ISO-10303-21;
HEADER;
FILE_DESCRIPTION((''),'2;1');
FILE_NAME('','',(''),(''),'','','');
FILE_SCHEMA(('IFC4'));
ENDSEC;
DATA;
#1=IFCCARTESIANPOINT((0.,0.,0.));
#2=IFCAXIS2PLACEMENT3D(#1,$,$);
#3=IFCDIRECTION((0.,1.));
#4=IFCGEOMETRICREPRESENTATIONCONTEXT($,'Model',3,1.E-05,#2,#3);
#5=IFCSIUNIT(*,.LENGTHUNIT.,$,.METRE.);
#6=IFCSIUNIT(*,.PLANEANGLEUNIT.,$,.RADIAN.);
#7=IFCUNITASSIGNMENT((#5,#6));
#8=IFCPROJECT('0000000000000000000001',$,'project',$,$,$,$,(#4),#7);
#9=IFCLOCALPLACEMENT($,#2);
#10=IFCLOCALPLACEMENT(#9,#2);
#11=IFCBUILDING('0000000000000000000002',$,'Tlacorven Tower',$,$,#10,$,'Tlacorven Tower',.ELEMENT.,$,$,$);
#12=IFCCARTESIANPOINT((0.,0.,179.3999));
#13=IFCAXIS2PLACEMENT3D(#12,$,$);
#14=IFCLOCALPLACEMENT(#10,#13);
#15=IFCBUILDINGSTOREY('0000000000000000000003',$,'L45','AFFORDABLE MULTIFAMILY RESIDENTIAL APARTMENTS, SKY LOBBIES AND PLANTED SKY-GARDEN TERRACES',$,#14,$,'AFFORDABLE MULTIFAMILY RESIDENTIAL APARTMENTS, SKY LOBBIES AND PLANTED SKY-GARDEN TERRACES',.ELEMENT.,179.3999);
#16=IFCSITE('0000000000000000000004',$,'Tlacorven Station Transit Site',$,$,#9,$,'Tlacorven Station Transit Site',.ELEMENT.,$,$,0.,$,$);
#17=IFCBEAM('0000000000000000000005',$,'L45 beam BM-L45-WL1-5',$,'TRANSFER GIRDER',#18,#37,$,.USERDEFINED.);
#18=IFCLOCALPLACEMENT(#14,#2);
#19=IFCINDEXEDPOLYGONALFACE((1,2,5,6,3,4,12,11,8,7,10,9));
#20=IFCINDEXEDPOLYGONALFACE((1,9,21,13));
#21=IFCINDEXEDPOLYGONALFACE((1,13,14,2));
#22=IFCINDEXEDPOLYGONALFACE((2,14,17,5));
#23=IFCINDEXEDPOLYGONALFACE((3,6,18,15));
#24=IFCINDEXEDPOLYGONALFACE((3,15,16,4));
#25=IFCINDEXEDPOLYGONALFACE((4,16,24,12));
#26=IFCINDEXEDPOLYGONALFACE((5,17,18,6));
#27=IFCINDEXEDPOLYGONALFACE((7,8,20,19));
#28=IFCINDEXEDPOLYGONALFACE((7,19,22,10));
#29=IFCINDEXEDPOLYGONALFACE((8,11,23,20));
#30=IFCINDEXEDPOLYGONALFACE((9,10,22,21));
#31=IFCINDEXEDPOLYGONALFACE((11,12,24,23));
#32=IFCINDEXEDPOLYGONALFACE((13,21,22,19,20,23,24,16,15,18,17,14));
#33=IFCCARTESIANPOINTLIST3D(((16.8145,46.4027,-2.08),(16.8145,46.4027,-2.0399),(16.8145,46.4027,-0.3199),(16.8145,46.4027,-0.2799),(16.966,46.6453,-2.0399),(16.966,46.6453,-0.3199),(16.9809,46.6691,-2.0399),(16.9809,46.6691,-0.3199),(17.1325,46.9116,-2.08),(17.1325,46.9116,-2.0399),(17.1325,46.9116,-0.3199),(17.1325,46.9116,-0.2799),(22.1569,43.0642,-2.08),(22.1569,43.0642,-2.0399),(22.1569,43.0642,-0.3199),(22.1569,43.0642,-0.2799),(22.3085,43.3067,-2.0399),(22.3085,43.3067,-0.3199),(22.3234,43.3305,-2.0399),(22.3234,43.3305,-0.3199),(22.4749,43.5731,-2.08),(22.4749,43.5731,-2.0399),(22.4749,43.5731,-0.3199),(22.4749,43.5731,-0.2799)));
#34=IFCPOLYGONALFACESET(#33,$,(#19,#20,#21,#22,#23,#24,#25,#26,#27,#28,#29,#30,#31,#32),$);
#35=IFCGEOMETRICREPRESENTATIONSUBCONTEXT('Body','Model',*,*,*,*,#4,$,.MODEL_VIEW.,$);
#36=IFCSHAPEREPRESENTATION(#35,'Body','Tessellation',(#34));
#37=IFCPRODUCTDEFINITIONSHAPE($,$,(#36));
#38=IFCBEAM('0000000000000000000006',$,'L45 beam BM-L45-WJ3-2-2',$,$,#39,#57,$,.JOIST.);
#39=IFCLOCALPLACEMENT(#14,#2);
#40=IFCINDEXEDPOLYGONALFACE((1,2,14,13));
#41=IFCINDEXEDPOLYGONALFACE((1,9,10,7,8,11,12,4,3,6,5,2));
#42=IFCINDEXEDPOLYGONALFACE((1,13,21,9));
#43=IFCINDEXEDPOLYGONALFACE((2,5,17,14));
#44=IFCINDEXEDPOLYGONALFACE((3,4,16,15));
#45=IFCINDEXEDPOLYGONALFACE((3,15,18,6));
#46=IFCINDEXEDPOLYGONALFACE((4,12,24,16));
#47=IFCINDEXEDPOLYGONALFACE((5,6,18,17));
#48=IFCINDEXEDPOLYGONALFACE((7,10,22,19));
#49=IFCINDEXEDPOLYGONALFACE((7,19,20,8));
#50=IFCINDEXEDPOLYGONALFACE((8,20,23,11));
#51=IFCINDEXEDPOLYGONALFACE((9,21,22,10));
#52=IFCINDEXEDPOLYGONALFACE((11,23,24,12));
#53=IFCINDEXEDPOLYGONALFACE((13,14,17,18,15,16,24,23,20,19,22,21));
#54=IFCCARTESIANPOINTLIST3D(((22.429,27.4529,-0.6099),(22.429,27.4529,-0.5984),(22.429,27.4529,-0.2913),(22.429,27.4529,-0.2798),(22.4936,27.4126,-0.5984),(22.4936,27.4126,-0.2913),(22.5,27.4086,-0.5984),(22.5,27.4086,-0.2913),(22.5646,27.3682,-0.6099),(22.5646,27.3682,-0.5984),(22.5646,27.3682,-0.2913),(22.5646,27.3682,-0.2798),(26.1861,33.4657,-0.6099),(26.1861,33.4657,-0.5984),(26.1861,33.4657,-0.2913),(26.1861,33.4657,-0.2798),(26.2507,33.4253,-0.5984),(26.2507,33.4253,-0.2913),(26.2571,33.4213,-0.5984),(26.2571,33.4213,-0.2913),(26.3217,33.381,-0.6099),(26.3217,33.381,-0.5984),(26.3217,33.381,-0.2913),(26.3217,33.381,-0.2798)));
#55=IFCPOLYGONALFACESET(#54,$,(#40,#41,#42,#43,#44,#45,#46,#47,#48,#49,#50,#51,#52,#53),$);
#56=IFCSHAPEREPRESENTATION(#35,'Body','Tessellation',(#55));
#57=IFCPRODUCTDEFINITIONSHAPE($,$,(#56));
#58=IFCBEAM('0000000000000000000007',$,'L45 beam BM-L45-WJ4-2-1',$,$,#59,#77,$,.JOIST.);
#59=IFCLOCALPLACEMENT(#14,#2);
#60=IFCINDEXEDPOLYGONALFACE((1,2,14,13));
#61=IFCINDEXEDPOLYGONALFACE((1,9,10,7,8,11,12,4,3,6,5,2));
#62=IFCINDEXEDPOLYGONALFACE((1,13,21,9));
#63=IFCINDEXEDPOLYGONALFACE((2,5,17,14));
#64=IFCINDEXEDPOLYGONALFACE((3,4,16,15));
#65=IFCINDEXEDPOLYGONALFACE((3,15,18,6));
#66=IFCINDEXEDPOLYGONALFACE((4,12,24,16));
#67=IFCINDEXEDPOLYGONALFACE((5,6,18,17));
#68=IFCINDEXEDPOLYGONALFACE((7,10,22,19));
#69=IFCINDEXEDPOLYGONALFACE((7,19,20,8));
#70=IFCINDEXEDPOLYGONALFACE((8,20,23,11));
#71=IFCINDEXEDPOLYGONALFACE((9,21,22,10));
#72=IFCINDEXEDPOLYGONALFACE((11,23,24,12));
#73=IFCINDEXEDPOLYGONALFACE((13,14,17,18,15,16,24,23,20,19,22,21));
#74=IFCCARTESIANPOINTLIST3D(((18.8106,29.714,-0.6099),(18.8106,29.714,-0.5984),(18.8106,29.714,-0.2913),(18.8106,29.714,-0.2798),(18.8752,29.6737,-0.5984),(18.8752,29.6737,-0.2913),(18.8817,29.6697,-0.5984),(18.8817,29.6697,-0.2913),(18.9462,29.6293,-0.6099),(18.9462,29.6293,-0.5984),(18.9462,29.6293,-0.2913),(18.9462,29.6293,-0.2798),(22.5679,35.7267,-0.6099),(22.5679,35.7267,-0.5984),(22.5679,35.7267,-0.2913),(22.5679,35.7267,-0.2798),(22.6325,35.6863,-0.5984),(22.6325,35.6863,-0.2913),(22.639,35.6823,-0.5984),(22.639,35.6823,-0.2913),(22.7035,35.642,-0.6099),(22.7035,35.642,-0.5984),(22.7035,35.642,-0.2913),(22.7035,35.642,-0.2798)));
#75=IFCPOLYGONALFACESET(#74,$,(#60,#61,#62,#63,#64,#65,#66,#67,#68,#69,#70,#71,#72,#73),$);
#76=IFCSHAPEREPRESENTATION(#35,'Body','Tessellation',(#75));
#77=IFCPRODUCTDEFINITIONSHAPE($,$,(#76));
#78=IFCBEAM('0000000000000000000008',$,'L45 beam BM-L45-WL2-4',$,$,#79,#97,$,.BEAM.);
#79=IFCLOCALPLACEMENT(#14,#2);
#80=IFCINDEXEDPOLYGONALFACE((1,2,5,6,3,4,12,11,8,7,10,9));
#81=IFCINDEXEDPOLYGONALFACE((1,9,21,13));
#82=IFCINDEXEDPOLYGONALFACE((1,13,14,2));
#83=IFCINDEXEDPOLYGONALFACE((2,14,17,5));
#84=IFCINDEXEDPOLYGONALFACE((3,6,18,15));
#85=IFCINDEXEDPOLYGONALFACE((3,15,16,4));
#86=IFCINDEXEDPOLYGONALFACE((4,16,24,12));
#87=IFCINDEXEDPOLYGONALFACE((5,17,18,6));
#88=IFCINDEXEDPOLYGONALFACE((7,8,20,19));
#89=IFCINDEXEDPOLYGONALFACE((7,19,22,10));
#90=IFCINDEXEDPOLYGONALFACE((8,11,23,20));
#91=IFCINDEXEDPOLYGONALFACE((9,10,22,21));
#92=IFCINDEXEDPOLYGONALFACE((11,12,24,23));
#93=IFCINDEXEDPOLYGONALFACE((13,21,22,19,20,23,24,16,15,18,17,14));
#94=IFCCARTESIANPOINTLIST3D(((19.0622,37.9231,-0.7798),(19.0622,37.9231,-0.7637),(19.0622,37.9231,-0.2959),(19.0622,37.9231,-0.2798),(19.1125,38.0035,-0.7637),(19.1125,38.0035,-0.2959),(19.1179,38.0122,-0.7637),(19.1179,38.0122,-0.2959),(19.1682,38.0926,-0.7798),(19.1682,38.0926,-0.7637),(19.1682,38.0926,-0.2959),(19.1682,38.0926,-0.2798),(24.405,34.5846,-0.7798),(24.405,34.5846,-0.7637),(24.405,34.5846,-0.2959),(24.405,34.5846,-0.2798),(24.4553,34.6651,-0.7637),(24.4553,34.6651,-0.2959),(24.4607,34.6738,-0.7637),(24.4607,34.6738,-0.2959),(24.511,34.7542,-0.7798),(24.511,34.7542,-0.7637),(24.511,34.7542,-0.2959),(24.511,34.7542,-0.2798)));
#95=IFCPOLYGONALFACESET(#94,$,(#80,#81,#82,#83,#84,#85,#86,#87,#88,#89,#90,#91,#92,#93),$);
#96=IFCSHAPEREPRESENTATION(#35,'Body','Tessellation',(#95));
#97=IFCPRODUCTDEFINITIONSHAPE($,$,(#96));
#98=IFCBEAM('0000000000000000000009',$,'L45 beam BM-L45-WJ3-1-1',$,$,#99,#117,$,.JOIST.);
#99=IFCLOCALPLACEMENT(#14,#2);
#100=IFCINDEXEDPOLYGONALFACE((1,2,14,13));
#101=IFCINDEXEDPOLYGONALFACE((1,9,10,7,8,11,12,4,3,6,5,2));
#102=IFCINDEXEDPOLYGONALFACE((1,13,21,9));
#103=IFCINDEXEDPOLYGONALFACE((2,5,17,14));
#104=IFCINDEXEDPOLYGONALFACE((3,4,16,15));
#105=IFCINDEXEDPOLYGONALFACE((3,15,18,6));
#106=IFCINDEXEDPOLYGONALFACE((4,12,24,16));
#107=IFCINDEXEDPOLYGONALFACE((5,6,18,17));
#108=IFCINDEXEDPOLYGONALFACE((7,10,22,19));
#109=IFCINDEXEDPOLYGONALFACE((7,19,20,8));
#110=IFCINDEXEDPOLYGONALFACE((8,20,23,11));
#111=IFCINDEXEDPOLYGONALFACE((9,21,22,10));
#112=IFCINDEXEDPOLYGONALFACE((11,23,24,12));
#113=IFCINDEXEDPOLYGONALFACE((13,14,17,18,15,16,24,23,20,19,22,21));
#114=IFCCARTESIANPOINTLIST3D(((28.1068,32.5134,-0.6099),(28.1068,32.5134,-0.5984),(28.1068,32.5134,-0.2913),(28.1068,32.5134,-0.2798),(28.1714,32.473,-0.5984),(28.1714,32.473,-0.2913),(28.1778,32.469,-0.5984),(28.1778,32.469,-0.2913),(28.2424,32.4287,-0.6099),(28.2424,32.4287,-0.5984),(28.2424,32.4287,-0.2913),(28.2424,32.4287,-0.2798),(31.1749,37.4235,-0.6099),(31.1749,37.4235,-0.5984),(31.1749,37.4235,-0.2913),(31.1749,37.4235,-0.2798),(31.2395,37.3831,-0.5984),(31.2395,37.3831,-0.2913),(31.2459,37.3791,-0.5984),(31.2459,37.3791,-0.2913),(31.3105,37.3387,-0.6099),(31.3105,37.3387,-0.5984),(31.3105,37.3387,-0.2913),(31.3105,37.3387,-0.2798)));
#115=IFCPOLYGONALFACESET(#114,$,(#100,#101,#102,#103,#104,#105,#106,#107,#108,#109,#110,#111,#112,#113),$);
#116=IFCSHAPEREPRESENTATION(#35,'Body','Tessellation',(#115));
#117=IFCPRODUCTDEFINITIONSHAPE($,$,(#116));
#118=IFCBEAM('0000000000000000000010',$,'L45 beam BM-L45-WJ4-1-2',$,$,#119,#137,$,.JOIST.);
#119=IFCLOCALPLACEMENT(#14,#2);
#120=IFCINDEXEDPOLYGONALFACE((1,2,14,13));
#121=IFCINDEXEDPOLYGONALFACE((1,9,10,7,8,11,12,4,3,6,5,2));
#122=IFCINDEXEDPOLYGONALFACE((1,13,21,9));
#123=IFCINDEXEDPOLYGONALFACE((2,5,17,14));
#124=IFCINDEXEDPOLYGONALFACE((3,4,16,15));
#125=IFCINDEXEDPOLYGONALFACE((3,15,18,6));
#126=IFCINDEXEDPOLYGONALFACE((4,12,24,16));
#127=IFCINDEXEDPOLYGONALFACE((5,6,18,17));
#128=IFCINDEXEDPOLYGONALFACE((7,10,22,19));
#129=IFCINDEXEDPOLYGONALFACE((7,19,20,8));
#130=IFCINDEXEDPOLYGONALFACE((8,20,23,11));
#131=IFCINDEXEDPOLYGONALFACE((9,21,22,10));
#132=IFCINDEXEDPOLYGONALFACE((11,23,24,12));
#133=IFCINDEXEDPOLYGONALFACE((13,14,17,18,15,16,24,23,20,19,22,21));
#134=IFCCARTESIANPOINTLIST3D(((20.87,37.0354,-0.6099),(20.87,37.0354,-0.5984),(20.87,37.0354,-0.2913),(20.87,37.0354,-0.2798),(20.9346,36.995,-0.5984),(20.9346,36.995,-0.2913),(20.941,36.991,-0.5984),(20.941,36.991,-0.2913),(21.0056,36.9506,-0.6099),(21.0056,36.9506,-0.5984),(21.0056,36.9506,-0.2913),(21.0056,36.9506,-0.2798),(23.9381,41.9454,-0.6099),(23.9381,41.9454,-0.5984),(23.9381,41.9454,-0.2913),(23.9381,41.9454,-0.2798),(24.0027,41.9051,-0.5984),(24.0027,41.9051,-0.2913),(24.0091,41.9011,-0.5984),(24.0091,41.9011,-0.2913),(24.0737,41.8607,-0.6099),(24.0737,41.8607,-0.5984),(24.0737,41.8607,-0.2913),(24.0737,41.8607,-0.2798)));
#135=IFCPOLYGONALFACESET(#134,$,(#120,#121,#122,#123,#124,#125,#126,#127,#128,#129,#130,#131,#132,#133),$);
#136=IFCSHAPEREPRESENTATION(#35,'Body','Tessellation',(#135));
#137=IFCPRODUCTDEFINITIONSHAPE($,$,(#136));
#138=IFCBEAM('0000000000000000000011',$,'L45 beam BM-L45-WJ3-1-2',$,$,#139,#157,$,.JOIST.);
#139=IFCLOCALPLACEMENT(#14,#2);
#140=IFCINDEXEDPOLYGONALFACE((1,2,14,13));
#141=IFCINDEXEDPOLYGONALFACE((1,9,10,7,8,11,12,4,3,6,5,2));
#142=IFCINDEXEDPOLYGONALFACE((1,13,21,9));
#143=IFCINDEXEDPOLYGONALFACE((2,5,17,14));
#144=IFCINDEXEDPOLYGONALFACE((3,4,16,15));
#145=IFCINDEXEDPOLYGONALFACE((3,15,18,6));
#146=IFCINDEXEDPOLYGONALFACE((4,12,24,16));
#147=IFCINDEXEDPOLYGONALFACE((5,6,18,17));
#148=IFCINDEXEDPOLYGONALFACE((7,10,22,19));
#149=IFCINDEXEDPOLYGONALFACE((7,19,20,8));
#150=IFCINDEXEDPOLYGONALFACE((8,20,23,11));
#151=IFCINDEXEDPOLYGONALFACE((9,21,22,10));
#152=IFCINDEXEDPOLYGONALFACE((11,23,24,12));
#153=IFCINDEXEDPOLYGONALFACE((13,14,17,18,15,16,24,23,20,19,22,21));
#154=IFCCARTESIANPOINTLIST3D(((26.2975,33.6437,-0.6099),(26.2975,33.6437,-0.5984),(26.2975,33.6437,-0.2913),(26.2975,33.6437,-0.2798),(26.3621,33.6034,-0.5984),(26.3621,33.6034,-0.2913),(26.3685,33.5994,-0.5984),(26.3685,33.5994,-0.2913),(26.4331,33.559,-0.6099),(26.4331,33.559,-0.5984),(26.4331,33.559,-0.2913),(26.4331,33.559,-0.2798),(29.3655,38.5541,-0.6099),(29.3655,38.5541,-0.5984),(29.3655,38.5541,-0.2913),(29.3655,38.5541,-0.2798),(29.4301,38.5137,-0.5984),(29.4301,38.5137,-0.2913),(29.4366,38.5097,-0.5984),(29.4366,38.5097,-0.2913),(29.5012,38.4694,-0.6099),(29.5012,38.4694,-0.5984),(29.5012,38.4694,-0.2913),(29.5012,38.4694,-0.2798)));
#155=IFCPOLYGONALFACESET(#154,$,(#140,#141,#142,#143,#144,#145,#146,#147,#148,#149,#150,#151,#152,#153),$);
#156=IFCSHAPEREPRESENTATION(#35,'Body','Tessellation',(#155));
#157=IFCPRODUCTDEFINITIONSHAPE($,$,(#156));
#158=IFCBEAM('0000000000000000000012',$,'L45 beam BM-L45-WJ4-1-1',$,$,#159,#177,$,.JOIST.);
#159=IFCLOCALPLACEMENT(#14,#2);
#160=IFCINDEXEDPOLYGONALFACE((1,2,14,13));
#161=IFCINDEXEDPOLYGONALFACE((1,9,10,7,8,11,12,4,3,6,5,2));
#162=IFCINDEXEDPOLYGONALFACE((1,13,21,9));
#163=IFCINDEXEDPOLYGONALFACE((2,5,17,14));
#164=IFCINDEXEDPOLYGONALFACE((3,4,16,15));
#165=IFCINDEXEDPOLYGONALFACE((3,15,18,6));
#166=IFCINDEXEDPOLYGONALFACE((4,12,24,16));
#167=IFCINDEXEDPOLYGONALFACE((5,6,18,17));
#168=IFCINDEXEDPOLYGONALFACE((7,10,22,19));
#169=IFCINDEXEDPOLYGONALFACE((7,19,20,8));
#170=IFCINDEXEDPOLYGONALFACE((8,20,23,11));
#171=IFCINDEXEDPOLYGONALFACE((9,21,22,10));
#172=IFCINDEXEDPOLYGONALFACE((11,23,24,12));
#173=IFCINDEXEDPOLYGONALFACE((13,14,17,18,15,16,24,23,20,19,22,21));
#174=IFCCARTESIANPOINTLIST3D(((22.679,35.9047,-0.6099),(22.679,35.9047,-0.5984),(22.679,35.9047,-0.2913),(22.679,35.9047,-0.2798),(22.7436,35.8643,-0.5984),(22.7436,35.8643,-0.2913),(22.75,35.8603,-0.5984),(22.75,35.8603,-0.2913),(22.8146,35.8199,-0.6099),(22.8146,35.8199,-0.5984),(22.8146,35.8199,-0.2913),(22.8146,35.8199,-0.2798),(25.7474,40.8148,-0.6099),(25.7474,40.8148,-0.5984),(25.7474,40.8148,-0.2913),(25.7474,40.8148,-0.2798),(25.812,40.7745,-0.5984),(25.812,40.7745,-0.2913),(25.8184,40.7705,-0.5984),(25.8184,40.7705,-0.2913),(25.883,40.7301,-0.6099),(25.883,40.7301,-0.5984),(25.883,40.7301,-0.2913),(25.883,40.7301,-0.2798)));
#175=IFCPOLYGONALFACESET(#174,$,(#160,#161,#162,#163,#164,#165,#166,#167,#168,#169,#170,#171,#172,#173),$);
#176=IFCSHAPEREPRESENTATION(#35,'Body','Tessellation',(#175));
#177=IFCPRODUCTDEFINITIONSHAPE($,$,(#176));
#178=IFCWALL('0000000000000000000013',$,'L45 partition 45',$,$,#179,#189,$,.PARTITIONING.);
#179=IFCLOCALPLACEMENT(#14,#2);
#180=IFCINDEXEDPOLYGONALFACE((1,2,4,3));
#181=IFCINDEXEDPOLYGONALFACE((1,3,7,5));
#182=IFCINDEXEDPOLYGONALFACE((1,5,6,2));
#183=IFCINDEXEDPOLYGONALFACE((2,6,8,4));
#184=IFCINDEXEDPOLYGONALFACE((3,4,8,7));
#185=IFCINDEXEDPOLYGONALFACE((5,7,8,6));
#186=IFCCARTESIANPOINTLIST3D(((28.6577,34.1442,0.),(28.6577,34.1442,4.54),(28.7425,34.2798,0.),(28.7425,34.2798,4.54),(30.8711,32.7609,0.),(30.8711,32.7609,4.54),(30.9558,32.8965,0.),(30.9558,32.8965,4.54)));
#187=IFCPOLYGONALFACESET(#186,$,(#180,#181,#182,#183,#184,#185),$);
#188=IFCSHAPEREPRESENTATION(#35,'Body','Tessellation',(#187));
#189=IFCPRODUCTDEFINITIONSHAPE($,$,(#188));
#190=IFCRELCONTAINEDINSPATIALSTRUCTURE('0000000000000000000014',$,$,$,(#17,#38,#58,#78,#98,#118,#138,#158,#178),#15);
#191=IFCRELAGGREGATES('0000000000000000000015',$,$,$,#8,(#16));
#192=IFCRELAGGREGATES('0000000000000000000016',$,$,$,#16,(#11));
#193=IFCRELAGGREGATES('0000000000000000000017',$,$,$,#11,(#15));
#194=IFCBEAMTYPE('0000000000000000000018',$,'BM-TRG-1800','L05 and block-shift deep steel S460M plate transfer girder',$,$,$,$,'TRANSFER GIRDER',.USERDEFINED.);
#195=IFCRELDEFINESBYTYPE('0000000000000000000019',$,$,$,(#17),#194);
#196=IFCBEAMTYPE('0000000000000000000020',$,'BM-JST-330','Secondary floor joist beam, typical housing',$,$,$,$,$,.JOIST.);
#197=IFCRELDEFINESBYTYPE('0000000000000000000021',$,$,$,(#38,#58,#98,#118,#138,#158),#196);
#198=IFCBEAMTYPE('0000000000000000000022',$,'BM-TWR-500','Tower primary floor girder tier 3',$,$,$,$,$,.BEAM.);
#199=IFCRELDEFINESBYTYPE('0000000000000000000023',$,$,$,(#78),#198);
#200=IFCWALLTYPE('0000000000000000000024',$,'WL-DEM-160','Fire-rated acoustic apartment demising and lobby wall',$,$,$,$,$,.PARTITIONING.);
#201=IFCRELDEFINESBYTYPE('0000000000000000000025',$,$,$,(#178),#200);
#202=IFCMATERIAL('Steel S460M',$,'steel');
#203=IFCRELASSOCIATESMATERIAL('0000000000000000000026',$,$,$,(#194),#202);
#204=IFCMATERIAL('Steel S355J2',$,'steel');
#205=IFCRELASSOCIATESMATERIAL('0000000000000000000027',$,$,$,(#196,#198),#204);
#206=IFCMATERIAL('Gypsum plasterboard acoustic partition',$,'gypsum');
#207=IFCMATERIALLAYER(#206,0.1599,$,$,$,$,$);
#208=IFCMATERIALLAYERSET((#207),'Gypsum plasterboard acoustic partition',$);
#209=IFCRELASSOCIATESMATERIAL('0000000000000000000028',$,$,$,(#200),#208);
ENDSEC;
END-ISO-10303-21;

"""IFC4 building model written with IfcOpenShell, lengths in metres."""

from ifc_helpers import new_model, si_unit, direction, frame, frame_2d, origin, origin_2d, place, context, subcontext, project, spatial, rectangle, i_section, extrude, source, transform, mapped, material, layer, layer_set, material_profile, profile_set, type_object, element, save


model = new_model("IFC4")

# Units and contexts
model_context = context("Model", 3, precision=1e-05, world=origin(), true_north=direction((0.0, 1.0)))
body_context = subcontext(model_context, "Body", "Model", "MODEL_VIEW")
ifc_project = project(units=[si_unit("LENGTHUNIT", "METRE"), si_unit("PLANEANGLEUNIT", "RADIAN")], contexts=[model_context])

# Site, building, storey
site_placement = place(None, origin())
site = spatial("IfcSite", under=ifc_project, at=site_placement, Name="Tlacorven Station Transit Site", LongName="Tlacorven Station Transit Site", CompositionType="ELEMENT", RefElevation=0.0)
building_placement = place(site_placement, origin())
building = spatial("IfcBuilding", under=site, at=building_placement, Name="Tlacorven Tower", LongName="Tlacorven Tower", CompositionType="ELEMENT")
storey_placement = place(building_placement, frame((0.0, 0.0, 179.3999)))
storey = spatial("IfcBuildingStorey", under=building, at=storey_placement, Name="L45", Description="AFFORDABLE MULTIFAMILY RESIDENTIAL APARTMENTS, SKY LOBBIES AND PLANTED SKY-GARDEN TERRACES", LongName="AFFORDABLE MULTIFAMILY RESIDENTIAL APARTMENTS, SKY LOBBIES AND PLANTED SKY-GARDEN TERRACES", CompositionType="ELEMENT", Elevation=179.3999)

# Shared definitions
ifc_material_1 = material(Name="Steel S460M", Category="steel")

# Beams
ifc_material_profile_1 = material_profile(ifc_material_1, i_section(OverallWidth=0.6001, OverallDepth=1.8, WebThickness=0.0281, FlangeThickness=0.04, at=origin_2d()), Name="PG 1800X600X28X40")
ifc_profile_set_1 = profile_set([ifc_material_profile_1], Name="Steel S460M")
beam_type_1 = type_object("IfcBeamType", Name="BM-TRG-1800", Description="L05 and block-shift deep steel S460M plate transfer girder", ElementType="TRANSFER GIRDER", PredefinedType="USERDEFINED", material=ifc_profile_set_1)
shared_shape_1 = source(origin(), body_context, "Body", "SweptSolid", [
    extrude(i_section(OverallWidth=0.6001, OverallDepth=1.8, WebThickness=0.0281, FlangeThickness=0.04, at=origin_2d()), origin(), (0.0, 0.0, 1.0), 6.2998),
])
beam_1_placement = place(storey_placement, frame((22.3159, 43.3186, -1.1799), z_axis=(-0.848031, 0.529947, 0.0), x_axis=(-0.529947, -0.848031, 0.0)))
element("IfcBeam", 1, at=beam_1_placement, inside=storey, type_object=beam_type_1, Name="L45 beam BM-L45-WL1-5", ObjectType="TRANSFER GIRDER", PredefinedType="USERDEFINED", context=body_context, shape_type="MappedRepresentation", body=[
    mapped(shared_shape_1, transform((0.0, 0.0, 0.0), scale=1.0)),
])
ifc_material_2 = material(Name="Steel S355J2", Category="steel")
ifc_material_profile_2 = material_profile(ifc_material_2, i_section(OverallWidth=0.1599, OverallDepth=0.3301, WebThickness=0.0076, FlangeThickness=0.0115, at=origin_2d()), Name="IPE 330")
ifc_profile_set_2 = profile_set([ifc_material_profile_2], Name="Steel S355J2")
beam_type_2 = type_object("IfcBeamType", Name="BM-JST-330", Description="Secondary floor joist beam, typical housing", PredefinedType="JOIST", material=ifc_profile_set_2)
shared_shape_2 = source(origin(), body_context, "Body", "SweptSolid", [
    extrude(i_section(OverallWidth=0.1599, OverallDepth=0.3301, WebThickness=0.0076, FlangeThickness=0.0115, at=origin_2d()), origin(), (0.0, 0.0, 1.0), 7.0901),
])
for number, where, z_axis, x_axis, name in (
    (2, (26.2539, 33.4233, -0.4448), (-0.529912, -0.848052, 0.0), (0.848052, -0.529912, 0.0), "L45 beam BM-L45-WJ3-2-2"),
    (3, (22.6357, 35.6843, -0.4448), (-0.529937, -0.848037, 0.0), (0.848037, -0.529937, 0.0), "L45 beam BM-L45-WJ4-2-1"),
):
    element("IfcBeam", number, at=place(storey_placement, frame(where, z_axis=z_axis, x_axis=x_axis)), inside=storey, type_object=beam_type_2, Name=name, PredefinedType="JOIST", context=body_context, shape_type="MappedRepresentation", body=[
        mapped(shared_shape_2, transform((0.0, 0.0, 0.0), scale=1.0)),
    ])
ifc_material_profile_3 = material_profile(ifc_material_2, i_section(OverallWidth=0.2, OverallDepth=0.5, WebThickness=0.0103, FlangeThickness=0.0161, at=origin_2d()), Name="IPE 500")
ifc_profile_set_3 = profile_set([ifc_material_profile_3], Name="Steel S355J2")
beam_type_3 = type_object("IfcBeamType", Name="BM-TWR-500", Description="Tower primary floor girder tier 3", PredefinedType="BEAM", material=ifc_profile_set_3)
shared_shape_3 = source(origin(), body_context, "Body", "SweptSolid", [
    extrude(i_section(OverallWidth=0.2, OverallDepth=0.5, WebThickness=0.0103, FlangeThickness=0.0161, at=origin_2d()), origin(), (0.0, 0.0, 1.0), 6.3),
])
beam_2_placement = place(storey_placement, frame((24.458, 34.6694, -0.5298), z_axis=(-0.848059, 0.529901, 0.0), x_axis=(-0.529901, -0.848059, 0.0)))
element("IfcBeam", 4, at=beam_2_placement, inside=storey, type_object=beam_type_3, Name="L45 beam BM-L45-WL2-4", PredefinedType="BEAM", context=body_context, shape_type="MappedRepresentation", body=[
    mapped(shared_shape_3, transform((0.0, 0.0, 0.0), scale=1.0)),
])
shared_shape_4 = source(origin(), body_context, "Body", "SweptSolid", [
    extrude(i_section(OverallWidth=0.1599, OverallDepth=0.3301, WebThickness=0.0076, FlangeThickness=0.0115, at=origin_2d()), origin(), (0.0, 0.0, 1.0), 5.7898),
])
for number, where, z_axis, x_axis, name in (
    (5, (31.2427, 37.3811, -0.4448), (-0.529908, -0.848055, 0.0), (0.848055, -0.529908, 0.0), "L45 beam BM-L45-WJ3-1-1"),
    (6, (24.0059, 41.9031, -0.4448), (-0.529908, -0.848055, 0.0), (0.848055, -0.529908, 0.0), "L45 beam BM-L45-WJ4-1-2"),
):
    element("IfcBeam", number, at=place(storey_placement, frame(where, z_axis=z_axis, x_axis=x_axis)), inside=storey, type_object=beam_type_2, Name=name, PredefinedType="JOIST", context=body_context, shape_type="MappedRepresentation", body=[
        mapped(shared_shape_4, transform((0.0, 0.0, 0.0), scale=1.0)),
    ])
shared_shape_5 = source(origin(), body_context, "Body", "SweptSolid", [
    extrude(i_section(OverallWidth=0.1599, OverallDepth=0.3301, WebThickness=0.0076, FlangeThickness=0.0115, at=origin_2d()), origin(), (0.0, 0.0, 1.0), 5.79),
])
for number, where, z_axis, x_axis, name in (
    (7, (29.4333, 38.5117, -0.4448), (-0.529889, -0.848067, 0.0), (0.848067, -0.529889, 0.0), "L45 beam BM-L45-WJ3-1-2"),
    (8, (25.8152, 40.7725, -0.4448), (-0.529938, -0.848036, 0.0), (0.848036, -0.529938, 0.0), "L45 beam BM-L45-WJ4-1-1"),
):
    element("IfcBeam", number, at=place(storey_placement, frame(where, z_axis=z_axis, x_axis=x_axis)), inside=storey, type_object=beam_type_2, Name=name, PredefinedType="JOIST", context=body_context, shape_type="MappedRepresentation", body=[
        mapped(shared_shape_5, transform((0.0, 0.0, 0.0), scale=1.0)),
    ])

# Wall
ifc_material_3 = material(Name="Gypsum plasterboard acoustic partition", Category="gypsum")
ifc_layer_1 = layer(ifc_material_3, 0.1599)
ifc_layer_set_1 = layer_set([ifc_layer_1], Name="Gypsum plasterboard acoustic partition")
wall_type_1 = type_object("IfcWallType", Name="WL-DEM-160", Description="Fire-rated acoustic apartment demising and lobby wall", PredefinedType="PARTITIONING", material=ifc_layer_set_1)
wall_1_placement = place(storey_placement, frame((30.9136, 32.8286, 0.0), z_axis=(0.0, 0.0, 1.0), x_axis=(-0.848009, 0.529982, 0.0)))
element("IfcWall", 9, at=wall_1_placement, inside=storey, type_object=wall_type_1, Name="L45 partition 45", PredefinedType="PARTITIONING", context=body_context, shape_type="SweptSolid", body=[
    extrude(rectangle(XDim=2.6101, YDim=0.1599, at=frame_2d((1.3052, 0.0))), origin(), (0.0, 0.0, 1.0), 4.54),
])

save(model, "model.ifc")
